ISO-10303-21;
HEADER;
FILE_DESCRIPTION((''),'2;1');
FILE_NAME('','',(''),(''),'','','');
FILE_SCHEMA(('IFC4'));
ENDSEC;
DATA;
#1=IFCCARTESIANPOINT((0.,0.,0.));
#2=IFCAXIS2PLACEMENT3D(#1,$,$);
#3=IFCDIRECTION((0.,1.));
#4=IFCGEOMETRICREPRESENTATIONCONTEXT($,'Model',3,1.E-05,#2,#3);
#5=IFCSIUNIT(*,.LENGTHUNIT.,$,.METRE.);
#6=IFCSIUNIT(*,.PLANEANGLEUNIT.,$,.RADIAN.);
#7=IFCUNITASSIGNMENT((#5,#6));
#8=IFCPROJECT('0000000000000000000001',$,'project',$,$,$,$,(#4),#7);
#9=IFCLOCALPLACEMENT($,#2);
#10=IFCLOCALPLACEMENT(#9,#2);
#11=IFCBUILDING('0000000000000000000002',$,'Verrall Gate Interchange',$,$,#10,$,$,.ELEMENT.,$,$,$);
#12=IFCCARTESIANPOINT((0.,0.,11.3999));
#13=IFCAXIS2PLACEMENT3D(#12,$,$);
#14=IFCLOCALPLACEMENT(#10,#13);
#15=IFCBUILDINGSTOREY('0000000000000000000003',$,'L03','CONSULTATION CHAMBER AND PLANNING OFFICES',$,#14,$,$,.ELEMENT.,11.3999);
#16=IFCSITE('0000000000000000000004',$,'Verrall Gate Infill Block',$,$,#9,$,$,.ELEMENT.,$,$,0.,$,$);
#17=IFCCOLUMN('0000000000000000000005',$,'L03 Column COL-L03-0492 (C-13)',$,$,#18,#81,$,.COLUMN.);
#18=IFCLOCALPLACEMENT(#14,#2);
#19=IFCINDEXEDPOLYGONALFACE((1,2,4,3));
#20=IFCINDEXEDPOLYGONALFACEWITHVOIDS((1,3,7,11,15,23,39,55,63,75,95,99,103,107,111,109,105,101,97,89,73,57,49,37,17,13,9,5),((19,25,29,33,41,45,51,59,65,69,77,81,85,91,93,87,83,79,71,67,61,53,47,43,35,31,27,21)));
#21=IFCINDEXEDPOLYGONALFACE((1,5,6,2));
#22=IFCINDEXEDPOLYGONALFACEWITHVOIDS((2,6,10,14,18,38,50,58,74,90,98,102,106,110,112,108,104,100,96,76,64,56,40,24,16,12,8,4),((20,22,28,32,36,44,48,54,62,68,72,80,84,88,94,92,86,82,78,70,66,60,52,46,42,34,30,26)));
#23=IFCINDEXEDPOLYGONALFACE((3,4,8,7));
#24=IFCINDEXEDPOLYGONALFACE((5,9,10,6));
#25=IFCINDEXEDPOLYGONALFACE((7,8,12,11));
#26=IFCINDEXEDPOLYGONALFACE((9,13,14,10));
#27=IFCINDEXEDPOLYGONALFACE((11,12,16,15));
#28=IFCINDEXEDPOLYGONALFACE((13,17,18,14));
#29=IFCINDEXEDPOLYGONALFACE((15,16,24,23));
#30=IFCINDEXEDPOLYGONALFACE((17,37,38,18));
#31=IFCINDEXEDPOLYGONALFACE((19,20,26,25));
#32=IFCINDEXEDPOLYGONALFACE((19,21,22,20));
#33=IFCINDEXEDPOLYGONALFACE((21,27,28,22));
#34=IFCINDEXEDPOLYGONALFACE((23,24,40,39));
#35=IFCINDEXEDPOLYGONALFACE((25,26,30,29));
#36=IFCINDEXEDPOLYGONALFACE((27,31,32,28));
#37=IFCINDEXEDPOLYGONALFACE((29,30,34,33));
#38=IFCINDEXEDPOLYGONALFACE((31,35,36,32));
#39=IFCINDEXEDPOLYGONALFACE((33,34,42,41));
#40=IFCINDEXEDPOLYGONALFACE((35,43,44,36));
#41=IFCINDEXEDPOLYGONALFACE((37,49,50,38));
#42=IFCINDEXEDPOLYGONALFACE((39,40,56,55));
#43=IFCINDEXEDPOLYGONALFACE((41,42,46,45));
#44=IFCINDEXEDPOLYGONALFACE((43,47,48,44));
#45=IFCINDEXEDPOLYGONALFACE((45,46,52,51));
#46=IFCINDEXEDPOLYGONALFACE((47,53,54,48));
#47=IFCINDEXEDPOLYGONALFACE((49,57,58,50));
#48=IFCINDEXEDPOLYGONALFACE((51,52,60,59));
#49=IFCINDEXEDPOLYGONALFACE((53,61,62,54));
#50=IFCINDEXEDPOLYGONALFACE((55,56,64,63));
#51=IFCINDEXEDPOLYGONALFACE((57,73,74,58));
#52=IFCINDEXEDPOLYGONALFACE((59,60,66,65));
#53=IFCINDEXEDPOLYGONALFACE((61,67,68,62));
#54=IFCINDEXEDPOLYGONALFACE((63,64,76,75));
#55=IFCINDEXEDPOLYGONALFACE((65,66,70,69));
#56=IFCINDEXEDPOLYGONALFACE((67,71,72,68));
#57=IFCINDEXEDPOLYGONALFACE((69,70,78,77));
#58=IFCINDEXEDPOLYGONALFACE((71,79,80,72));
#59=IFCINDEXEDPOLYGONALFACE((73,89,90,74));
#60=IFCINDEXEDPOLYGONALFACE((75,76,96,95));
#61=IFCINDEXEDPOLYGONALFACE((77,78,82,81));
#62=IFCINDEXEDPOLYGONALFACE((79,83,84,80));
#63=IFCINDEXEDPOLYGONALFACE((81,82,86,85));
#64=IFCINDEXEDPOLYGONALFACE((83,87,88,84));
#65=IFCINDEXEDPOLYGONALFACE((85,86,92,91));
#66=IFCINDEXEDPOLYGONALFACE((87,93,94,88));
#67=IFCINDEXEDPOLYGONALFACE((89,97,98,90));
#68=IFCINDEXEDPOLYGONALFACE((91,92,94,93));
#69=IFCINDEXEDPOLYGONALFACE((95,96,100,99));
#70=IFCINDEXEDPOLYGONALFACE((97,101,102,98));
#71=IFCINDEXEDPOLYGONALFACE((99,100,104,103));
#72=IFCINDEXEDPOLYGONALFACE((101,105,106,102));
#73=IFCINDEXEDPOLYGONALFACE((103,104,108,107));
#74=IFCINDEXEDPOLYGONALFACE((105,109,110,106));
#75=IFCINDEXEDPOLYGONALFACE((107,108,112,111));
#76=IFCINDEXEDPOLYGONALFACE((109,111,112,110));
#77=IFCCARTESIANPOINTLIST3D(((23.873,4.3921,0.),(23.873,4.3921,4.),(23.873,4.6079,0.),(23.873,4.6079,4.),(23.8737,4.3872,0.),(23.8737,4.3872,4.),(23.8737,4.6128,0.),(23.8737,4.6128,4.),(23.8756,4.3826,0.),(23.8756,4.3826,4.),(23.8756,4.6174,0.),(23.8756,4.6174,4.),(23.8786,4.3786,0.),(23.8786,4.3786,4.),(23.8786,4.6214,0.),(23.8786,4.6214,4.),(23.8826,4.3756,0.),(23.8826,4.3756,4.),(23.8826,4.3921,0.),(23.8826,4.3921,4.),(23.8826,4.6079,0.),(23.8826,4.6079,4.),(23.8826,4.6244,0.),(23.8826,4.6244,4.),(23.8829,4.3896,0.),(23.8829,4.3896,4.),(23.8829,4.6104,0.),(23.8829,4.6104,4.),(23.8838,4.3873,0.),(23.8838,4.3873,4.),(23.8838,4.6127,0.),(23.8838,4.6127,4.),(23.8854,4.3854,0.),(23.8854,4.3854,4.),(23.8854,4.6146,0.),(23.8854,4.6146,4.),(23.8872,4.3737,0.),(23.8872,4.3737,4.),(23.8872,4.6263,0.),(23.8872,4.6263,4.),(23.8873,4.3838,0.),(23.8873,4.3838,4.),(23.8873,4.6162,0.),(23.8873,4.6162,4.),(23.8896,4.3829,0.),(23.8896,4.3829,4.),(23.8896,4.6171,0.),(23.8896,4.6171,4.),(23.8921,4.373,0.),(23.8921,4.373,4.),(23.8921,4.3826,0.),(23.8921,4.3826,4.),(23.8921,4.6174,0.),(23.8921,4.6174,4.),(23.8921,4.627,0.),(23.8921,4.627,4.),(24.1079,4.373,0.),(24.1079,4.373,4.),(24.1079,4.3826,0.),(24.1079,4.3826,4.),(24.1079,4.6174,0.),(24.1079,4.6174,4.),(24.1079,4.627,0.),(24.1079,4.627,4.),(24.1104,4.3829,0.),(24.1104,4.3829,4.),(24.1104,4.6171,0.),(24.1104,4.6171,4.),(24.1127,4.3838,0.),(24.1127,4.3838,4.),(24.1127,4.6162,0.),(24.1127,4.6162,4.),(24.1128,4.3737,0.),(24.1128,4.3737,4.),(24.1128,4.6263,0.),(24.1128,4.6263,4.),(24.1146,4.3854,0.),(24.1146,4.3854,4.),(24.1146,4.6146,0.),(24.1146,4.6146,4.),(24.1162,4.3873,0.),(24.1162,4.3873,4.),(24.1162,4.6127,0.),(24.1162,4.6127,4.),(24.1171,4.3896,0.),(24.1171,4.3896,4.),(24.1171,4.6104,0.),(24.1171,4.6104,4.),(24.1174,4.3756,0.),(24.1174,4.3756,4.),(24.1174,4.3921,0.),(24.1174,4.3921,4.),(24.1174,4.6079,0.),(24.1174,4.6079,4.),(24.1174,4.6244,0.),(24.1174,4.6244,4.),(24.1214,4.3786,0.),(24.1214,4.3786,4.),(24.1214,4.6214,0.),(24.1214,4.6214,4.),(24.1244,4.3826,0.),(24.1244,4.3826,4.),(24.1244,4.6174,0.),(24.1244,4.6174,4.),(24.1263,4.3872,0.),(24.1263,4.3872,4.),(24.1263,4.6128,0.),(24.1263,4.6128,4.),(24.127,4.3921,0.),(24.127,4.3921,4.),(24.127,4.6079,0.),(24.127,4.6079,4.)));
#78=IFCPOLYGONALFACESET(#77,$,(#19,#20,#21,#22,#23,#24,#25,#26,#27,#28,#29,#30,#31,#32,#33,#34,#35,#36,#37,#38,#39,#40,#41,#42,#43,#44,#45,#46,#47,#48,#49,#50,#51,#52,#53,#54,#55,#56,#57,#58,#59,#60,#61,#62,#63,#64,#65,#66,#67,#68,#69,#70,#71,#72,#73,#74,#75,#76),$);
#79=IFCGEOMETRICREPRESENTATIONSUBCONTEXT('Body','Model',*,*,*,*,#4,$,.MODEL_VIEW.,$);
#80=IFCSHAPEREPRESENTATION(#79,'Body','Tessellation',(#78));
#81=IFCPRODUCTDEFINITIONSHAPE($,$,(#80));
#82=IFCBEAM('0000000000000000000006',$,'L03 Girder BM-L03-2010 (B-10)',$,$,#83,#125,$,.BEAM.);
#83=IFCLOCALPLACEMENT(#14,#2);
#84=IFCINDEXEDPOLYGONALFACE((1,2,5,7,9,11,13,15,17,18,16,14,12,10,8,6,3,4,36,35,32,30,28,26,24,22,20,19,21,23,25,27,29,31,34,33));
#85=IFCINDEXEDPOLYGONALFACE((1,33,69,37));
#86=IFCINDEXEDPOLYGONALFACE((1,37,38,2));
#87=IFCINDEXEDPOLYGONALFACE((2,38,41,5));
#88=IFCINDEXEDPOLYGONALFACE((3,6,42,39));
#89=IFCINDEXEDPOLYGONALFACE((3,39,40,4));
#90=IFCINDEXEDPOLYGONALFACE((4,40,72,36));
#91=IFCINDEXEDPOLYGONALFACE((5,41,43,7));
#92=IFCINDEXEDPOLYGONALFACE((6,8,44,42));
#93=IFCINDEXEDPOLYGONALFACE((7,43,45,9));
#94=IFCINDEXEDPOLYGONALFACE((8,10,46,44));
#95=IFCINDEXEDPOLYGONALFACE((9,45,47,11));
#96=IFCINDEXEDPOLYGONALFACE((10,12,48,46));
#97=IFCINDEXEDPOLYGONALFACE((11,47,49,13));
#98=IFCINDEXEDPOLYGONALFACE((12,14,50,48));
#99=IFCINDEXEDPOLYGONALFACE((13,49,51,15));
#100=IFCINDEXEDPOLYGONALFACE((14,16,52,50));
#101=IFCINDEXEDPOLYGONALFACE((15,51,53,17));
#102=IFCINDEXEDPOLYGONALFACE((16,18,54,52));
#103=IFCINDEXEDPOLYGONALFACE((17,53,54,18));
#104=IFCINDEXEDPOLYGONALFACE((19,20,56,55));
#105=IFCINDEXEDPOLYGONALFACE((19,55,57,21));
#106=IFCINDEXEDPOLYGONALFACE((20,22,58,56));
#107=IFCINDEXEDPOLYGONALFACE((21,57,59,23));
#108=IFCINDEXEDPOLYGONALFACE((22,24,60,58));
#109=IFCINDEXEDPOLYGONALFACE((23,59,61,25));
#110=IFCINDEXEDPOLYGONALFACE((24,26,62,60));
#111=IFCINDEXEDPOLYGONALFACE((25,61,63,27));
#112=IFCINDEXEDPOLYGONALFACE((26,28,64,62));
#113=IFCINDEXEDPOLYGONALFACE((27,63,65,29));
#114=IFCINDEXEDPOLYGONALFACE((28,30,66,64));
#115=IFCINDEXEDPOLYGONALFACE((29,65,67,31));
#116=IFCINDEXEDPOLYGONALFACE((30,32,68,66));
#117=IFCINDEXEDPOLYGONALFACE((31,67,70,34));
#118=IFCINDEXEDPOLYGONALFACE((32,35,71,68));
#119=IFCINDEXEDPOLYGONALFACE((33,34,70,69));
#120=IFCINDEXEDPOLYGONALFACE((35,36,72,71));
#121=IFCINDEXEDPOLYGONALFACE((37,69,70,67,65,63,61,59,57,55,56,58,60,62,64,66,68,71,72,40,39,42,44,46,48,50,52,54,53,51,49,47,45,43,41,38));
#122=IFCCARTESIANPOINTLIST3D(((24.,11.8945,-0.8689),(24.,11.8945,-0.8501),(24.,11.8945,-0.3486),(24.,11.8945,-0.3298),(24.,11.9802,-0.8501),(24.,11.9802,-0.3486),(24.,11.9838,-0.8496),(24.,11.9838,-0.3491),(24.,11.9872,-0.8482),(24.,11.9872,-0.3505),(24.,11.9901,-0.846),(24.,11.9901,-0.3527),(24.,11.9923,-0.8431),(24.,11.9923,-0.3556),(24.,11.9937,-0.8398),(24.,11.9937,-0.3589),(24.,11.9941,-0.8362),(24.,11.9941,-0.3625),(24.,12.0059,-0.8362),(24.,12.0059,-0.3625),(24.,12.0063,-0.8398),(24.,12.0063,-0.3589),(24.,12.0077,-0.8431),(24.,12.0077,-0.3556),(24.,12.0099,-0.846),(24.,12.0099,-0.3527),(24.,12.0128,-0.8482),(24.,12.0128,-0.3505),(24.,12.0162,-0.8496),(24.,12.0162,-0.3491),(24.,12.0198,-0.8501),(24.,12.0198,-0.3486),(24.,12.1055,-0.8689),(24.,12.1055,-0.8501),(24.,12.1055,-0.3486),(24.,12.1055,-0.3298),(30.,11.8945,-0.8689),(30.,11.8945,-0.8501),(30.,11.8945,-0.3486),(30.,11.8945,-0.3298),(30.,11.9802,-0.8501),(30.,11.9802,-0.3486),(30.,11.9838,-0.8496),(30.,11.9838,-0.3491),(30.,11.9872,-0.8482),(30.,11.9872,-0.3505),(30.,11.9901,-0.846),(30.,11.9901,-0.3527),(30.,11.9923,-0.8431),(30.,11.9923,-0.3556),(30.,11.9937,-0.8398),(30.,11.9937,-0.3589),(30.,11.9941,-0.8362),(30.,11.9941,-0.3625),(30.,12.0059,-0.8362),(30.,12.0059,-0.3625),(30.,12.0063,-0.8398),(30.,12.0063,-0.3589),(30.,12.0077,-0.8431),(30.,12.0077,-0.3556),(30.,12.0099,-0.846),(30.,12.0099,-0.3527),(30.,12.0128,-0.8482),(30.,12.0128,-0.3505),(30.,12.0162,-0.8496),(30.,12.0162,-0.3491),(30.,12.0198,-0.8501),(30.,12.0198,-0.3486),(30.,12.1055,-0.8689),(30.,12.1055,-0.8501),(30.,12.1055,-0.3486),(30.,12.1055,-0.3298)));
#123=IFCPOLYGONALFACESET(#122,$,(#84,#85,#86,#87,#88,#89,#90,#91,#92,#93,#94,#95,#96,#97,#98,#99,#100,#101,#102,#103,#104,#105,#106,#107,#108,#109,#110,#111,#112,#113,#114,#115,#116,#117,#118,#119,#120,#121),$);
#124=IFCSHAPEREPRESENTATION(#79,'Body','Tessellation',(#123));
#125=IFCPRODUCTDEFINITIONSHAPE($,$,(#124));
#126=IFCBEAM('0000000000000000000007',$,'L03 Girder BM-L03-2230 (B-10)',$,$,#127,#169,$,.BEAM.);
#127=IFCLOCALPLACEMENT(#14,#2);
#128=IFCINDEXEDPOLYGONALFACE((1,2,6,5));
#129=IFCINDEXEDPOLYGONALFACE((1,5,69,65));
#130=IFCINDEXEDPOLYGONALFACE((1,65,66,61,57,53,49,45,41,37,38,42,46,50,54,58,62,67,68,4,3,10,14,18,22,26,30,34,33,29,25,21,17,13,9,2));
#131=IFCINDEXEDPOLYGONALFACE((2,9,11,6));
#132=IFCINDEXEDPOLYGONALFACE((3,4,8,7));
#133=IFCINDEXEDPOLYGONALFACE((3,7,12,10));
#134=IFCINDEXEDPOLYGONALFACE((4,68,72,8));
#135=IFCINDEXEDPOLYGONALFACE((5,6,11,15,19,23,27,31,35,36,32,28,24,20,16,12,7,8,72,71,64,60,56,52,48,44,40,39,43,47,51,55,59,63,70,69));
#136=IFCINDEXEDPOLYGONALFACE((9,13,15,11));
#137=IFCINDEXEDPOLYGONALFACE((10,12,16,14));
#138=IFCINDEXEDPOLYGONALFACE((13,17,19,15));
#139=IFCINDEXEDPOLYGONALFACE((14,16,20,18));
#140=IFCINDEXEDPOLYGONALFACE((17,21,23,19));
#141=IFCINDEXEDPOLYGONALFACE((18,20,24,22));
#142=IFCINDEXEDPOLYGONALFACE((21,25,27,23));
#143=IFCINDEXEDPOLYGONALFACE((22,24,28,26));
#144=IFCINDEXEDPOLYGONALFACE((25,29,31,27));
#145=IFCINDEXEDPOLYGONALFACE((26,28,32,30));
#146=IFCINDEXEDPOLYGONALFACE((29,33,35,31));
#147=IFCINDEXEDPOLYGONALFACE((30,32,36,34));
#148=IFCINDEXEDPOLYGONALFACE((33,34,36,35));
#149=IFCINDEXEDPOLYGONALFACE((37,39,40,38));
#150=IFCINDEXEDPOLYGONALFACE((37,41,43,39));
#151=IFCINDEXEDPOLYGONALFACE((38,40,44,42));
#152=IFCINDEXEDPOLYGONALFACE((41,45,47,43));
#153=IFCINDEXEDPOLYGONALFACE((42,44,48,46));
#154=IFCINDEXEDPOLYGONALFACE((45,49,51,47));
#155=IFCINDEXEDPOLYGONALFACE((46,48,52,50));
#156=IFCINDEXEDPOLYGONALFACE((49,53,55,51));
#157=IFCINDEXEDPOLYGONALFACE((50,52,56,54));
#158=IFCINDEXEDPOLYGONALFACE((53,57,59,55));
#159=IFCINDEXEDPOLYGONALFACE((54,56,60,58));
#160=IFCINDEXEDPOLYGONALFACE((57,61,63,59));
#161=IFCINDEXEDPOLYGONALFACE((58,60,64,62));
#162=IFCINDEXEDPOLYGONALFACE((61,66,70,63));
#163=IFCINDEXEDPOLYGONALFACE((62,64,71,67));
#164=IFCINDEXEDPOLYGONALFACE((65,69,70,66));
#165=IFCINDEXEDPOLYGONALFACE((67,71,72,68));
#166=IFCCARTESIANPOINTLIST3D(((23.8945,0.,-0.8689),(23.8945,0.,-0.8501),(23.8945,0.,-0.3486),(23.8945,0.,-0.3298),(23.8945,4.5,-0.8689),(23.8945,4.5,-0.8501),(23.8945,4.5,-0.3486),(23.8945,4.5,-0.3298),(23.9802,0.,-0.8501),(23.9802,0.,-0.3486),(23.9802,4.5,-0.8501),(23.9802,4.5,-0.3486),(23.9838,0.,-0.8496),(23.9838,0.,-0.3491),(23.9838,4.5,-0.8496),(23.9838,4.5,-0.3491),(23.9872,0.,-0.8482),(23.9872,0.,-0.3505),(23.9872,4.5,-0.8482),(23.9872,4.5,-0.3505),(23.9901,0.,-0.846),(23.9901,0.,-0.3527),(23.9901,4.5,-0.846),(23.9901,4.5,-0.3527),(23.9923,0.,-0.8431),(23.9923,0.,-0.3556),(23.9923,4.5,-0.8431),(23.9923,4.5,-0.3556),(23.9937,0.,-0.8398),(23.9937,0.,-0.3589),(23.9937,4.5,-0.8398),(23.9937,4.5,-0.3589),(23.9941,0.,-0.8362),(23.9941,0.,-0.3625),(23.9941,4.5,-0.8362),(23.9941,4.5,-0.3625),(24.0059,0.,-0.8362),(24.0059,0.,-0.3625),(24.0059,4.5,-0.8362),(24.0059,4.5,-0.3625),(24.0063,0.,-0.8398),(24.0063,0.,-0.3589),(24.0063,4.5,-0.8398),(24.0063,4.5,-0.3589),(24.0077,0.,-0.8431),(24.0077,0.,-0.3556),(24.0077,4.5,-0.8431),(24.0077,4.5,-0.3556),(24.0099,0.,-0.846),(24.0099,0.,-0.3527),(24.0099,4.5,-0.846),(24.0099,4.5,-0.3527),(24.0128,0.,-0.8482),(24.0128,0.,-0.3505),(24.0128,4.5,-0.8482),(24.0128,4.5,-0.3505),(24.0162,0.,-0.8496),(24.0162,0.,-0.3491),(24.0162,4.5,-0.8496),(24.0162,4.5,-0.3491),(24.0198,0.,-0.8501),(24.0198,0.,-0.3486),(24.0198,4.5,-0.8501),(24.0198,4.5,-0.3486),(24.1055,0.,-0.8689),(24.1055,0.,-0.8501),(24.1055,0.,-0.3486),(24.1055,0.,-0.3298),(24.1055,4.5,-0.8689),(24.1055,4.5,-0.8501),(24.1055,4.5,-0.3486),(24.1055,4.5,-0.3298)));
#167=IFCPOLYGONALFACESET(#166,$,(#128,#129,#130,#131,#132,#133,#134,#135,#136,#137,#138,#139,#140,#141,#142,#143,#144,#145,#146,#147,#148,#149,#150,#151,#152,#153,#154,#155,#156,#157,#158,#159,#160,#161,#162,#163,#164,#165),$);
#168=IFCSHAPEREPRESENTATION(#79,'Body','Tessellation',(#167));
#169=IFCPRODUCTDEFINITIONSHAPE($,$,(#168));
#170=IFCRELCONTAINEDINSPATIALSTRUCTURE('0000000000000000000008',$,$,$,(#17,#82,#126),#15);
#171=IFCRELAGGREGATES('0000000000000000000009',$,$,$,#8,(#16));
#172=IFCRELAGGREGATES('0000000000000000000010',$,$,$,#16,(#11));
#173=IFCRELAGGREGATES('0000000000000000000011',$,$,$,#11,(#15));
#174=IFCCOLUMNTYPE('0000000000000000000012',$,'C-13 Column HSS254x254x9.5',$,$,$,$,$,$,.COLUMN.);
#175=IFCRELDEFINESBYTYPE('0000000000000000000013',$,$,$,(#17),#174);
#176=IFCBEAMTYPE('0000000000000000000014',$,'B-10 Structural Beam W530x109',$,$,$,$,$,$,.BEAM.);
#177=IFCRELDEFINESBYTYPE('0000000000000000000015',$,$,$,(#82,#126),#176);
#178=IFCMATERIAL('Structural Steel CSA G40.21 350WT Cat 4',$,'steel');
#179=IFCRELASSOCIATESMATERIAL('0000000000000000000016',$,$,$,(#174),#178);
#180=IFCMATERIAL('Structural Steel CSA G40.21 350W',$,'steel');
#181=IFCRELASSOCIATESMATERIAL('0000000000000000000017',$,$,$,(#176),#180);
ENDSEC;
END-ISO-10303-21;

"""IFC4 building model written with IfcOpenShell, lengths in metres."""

from ifc_helpers import new_model, si_unit, direction, frame, origin, origin_2d, place, context, subcontext, project, spatial, hollow_rectangle, i_section, extrude, material, material_profile, profile_set, type_object, element, save


model = new_model("IFC4")

# Units and contexts
model_context = context("Model", 3, precision=1e-05, world=origin(), true_north=direction((0.0, 1.0)))
body_context = subcontext(model_context, "Body", "Model", "MODEL_VIEW")
ifc_project = project(units=[si_unit("LENGTHUNIT", "METRE"), si_unit("PLANEANGLEUNIT", "RADIAN")], contexts=[model_context])

# Site, building, storey
site_placement = place(None, origin())
site = spatial("IfcSite", under=ifc_project, at=site_placement, Name="Verrall Gate Infill Block", CompositionType="ELEMENT", RefElevation=0.0)
building_placement = place(site_placement, origin())
building = spatial("IfcBuilding", under=site, at=building_placement, Name="Verrall Gate Interchange", CompositionType="ELEMENT")
storey_placement = place(building_placement, frame((0.0, 0.0, 11.3999)))
storey = spatial("IfcBuildingStorey", under=building, at=storey_placement, Name="L03", Description="CONSULTATION CHAMBER AND PLANNING OFFICES", CompositionType="ELEMENT", Elevation=11.3999)

# Column
ifc_material_1 = material(Name="Structural Steel CSA G40.21 350WT Cat 4", Category="steel")
ifc_material_profile_1 = material_profile(ifc_material_1, hollow_rectangle(XDim=0.2539, YDim=0.2539, WallThickness=0.0095, InnerFilletRadius=0.0095, OuterFilletRadius=0.019, at=origin_2d()), Name="HSS254x254x9.5")
ifc_profile_set_1 = profile_set([ifc_material_profile_1], Name="Structural Steel CSA G40.21 350WT Cat 4")
column_type_1 = type_object("IfcColumnType", Name="C-13 Column HSS254x254x9.5", PredefinedType="COLUMN", material=ifc_profile_set_1)
for number, where, z_axis, x_axis, name in (
    (1, (24.0, 4.5, 0.0), (0.0, 0.0, 1.0), (1.0, 0.0, 0.0), "L03 Column COL-L03-0492 (C-13)"),
):
    element("IfcColumn", number, at=place(storey_placement, frame(where, z_axis=z_axis, x_axis=x_axis)), inside=storey, type_object=column_type_1, Name=name, PredefinedType="COLUMN", context=body_context, shape_type="SweptSolid", body=[
        extrude(hollow_rectangle(XDim=0.2539, YDim=0.2539, WallThickness=0.0095, InnerFilletRadius=0.0095, OuterFilletRadius=0.019, at=origin_2d()), origin(), (0.0, 0.0, 1.0), 4.0),
    ])

# Beams
ifc_material_2 = material(Name="Structural Steel CSA G40.21 350W", Category="steel")
ifc_material_profile_2 = material_profile(ifc_material_2, i_section(OverallWidth=0.2109, OverallDepth=0.5391, WebThickness=0.0117, FlangeThickness=0.0188, FilletRadius=0.0139, at=origin_2d()), Name="W530x109")
ifc_profile_set_2 = profile_set([ifc_material_profile_2], Name="Structural Steel CSA G40.21 350W")
beam_type_1 = type_object("IfcBeamType", Name="B-10 Structural Beam W530x109", PredefinedType="BEAM", material=ifc_profile_set_2)
beam_1_placement = place(storey_placement, frame((24.0, 12.0, -0.5994), z_axis=(1.0, 0.0, 0.0), x_axis=(0.0, 1.0, 0.0)))
element("IfcBeam", 2, at=beam_1_placement, inside=storey, type_object=beam_type_1, Name="L03 Girder BM-L03-2010 (B-10)", PredefinedType="BEAM", context=body_context, shape_type="SweptSolid", body=[
    extrude(i_section(OverallWidth=0.2109, OverallDepth=0.5391, WebThickness=0.0117, FlangeThickness=0.0188, FilletRadius=0.0139, at=origin_2d()), origin(), (0.0, 0.0, 1.0), 6.0),
])
beam_2_placement = place(storey_placement, frame((24.0, 0.0, -0.5994), z_axis=(0.0, 1.0, 0.0), x_axis=(-1.0, 0.0, 0.0)))
element("IfcBeam", 3, at=beam_2_placement, inside=storey, type_object=beam_type_1, Name="L03 Girder BM-L03-2230 (B-10)", PredefinedType="BEAM", context=body_context, shape_type="SweptSolid", body=[
    extrude(i_section(OverallWidth=0.2109, OverallDepth=0.5391, WebThickness=0.0117, FlangeThickness=0.0188, FilletRadius=0.0139, at=origin_2d()), origin(), (0.0, 0.0, 1.0), 4.5),
])

save(model, "model.ifc")
